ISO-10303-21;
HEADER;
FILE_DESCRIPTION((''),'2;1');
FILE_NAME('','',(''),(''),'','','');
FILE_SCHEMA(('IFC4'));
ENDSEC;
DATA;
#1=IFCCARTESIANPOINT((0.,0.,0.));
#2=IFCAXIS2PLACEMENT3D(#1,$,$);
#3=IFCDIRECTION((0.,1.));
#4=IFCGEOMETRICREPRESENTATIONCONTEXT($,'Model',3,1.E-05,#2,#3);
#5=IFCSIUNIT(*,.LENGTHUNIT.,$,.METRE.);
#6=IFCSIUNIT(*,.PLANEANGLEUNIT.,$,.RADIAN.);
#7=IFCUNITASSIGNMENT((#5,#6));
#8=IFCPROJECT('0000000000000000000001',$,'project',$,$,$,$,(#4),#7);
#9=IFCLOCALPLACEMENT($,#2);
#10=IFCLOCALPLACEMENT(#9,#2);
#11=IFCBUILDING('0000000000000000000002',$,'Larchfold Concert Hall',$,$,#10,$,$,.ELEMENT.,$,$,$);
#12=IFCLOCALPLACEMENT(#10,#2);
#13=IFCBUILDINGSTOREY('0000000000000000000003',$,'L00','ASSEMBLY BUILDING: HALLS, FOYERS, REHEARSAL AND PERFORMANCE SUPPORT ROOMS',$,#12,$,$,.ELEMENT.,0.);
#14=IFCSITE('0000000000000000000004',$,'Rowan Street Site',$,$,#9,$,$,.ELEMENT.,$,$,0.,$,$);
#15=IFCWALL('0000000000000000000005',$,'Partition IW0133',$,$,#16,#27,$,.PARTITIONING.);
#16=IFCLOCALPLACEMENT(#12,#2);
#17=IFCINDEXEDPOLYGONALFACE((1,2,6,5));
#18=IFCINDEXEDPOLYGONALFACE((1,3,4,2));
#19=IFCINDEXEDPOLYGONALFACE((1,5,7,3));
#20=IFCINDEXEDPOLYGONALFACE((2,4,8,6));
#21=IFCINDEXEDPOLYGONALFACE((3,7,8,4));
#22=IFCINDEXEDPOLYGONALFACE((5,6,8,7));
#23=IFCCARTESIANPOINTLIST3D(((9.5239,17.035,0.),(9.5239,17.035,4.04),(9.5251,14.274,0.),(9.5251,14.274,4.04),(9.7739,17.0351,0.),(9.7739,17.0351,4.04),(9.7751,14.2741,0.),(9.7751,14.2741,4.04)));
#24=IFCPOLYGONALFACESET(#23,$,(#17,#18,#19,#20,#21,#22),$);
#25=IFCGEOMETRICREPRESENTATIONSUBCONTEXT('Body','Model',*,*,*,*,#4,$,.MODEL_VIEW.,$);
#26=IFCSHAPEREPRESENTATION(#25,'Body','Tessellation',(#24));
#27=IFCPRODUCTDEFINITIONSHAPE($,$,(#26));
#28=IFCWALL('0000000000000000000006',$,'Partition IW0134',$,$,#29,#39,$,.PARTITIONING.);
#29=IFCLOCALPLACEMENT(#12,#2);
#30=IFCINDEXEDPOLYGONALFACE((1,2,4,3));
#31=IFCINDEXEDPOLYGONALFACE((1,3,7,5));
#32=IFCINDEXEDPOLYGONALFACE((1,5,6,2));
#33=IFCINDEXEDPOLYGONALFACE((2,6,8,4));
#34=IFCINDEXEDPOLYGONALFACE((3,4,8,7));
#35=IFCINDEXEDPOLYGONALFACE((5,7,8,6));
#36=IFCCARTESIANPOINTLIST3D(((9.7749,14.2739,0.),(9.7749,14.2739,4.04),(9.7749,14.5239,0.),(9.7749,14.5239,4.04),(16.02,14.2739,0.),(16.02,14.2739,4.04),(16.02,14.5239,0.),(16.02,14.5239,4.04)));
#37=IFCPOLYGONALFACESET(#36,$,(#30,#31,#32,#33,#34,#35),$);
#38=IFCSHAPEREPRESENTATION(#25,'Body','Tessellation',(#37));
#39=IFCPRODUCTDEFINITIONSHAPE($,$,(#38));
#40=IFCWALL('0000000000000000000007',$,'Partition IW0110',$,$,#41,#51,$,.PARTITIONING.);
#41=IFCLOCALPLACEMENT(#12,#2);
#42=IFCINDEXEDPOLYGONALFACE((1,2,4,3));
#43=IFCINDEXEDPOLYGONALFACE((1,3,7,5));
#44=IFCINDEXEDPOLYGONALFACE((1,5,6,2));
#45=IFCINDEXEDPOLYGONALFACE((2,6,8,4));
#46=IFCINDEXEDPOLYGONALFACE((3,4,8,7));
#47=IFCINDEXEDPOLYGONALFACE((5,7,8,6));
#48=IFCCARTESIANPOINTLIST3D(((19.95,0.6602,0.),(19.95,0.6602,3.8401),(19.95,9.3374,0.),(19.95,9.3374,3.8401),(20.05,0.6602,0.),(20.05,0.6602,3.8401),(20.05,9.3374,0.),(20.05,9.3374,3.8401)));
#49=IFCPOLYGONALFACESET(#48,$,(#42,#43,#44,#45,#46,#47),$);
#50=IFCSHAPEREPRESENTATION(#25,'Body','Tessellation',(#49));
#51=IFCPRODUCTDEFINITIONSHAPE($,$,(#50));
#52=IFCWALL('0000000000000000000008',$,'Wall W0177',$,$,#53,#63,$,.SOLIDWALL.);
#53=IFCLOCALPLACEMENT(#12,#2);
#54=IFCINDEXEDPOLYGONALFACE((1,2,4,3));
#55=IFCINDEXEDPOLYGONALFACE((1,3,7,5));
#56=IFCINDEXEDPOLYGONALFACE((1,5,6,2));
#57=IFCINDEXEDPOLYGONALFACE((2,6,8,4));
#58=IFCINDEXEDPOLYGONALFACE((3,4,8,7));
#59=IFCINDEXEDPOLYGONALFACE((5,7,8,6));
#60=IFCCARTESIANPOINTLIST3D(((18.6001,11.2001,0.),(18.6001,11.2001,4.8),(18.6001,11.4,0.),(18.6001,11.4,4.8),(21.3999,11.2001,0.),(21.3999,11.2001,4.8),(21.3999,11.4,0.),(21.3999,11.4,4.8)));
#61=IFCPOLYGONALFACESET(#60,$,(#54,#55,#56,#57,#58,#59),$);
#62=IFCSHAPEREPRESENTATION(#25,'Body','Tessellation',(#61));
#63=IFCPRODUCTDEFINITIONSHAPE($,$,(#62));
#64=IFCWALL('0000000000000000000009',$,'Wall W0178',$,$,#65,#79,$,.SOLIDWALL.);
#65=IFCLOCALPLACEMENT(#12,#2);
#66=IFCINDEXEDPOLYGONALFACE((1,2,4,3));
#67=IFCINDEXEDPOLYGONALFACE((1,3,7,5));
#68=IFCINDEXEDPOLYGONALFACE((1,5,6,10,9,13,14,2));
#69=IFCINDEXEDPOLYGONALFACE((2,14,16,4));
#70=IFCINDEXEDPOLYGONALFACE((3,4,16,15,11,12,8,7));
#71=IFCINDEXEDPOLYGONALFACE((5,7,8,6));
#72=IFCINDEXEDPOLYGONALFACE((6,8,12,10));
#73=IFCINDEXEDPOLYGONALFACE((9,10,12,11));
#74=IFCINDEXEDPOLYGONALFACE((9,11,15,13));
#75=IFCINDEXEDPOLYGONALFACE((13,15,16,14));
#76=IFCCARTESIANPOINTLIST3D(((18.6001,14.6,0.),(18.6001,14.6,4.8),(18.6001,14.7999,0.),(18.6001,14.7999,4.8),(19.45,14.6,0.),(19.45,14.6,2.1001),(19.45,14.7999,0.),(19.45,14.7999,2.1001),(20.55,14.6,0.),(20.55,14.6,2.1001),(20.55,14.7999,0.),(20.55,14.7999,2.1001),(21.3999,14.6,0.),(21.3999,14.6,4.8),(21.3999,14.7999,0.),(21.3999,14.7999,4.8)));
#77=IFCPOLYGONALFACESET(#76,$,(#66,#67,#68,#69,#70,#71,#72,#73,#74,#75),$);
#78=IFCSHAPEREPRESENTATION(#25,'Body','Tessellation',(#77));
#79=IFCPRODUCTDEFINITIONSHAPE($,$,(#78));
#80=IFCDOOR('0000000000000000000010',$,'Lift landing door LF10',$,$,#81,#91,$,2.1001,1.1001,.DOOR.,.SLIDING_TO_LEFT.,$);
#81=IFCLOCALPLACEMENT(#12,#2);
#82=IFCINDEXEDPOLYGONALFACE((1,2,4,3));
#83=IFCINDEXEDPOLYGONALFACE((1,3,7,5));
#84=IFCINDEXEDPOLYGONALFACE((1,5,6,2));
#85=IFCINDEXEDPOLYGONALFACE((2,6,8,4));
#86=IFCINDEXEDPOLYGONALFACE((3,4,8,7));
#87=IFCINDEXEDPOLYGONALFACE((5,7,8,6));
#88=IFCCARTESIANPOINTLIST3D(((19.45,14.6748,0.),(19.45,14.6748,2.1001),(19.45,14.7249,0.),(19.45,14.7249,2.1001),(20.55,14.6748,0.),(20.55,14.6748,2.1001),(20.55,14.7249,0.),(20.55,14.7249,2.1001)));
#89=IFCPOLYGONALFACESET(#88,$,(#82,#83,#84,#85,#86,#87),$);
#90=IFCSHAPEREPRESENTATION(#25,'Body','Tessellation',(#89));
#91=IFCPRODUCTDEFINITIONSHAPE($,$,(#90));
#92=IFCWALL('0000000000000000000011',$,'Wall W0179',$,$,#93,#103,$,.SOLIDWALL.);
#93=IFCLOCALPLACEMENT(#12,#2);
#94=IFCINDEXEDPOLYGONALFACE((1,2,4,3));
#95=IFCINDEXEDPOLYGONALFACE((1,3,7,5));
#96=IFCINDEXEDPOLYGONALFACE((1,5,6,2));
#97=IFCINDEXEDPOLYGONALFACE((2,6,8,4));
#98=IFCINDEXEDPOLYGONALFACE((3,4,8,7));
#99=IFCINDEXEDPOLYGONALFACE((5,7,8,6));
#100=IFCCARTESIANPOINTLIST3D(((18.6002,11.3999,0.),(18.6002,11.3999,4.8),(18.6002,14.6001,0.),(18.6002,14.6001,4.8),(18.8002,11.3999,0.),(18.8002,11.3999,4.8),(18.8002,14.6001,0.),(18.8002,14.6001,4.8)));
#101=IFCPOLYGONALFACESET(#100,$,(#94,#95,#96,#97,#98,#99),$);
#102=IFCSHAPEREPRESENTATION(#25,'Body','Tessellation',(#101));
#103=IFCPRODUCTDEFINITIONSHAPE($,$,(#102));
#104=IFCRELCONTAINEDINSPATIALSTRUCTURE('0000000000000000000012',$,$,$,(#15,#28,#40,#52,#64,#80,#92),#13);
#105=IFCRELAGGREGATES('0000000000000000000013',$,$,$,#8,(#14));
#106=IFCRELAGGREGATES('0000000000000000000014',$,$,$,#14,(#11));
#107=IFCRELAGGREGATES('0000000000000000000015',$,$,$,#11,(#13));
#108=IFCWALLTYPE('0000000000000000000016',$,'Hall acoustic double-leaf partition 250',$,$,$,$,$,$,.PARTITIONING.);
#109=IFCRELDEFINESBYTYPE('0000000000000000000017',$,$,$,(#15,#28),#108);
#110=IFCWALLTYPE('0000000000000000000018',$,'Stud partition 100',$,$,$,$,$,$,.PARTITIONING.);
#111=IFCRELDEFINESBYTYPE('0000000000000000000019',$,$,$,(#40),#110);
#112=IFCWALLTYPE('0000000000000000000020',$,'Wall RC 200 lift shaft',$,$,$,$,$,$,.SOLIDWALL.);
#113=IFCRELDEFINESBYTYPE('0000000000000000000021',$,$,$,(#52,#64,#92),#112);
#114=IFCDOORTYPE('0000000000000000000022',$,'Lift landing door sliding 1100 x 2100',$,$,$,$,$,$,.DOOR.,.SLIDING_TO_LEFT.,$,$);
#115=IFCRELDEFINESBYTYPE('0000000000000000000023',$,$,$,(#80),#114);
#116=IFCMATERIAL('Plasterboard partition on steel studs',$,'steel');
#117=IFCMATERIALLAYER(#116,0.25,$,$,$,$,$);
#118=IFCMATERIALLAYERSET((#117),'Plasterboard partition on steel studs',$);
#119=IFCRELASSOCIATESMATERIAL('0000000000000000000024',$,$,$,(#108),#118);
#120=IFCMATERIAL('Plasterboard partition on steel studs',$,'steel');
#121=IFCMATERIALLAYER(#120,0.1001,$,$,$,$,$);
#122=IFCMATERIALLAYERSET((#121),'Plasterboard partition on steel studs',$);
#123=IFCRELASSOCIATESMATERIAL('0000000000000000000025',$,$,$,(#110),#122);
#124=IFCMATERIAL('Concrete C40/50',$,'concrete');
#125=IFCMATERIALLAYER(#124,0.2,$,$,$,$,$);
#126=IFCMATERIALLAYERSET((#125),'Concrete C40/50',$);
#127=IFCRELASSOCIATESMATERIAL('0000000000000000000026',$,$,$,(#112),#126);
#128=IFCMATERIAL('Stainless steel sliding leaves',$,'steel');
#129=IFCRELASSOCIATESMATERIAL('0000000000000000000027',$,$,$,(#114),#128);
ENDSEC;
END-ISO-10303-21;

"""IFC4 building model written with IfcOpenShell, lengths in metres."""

from ifc_helpers import new_model, si_unit, direction, frame, frame_2d, origin, place, context, subcontext, project, spatial, rectangle, extrude, material, layer, layer_set, type_object, element, fill, save


model = new_model("IFC4")

# Units and contexts
model_context = context("Model", 3, precision=1e-05, world=origin(), true_north=direction((0.0, 1.0)))
body_context = subcontext(model_context, "Body", "Model", "MODEL_VIEW")
ifc_project = project(units=[si_unit("LENGTHUNIT", "METRE"), si_unit("PLANEANGLEUNIT", "RADIAN")], contexts=[model_context])

# Site, building, storey
site_placement = place(None, origin())
site = spatial("IfcSite", under=ifc_project, at=site_placement, Name="Rowan Street Site", CompositionType="ELEMENT", RefElevation=0.0)
building_placement = place(site_placement, origin())
building = spatial("IfcBuilding", under=site, at=building_placement, Name="Larchfold Concert Hall", CompositionType="ELEMENT")
storey_placement = place(building_placement, origin())
storey = spatial("IfcBuildingStorey", under=building, at=storey_placement, Name="L00", Description="ASSEMBLY BUILDING: HALLS, FOYERS, REHEARSAL AND PERFORMANCE SUPPORT ROOMS", CompositionType="ELEMENT", Elevation=0.0)

# Walls
ifc_material_1 = material(Name="Plasterboard partition on steel studs", Category="steel")
ifc_layer_1 = layer(ifc_material_1, 0.25)
ifc_layer_set_1 = layer_set([ifc_layer_1], Name="Plasterboard partition on steel studs")
wall_type_1 = type_object("IfcWallType", Name="Hall acoustic double-leaf partition 250", PredefinedType="PARTITIONING", material=ifc_layer_set_1)
wall_1_placement = place(storey_placement, frame((9.6489, 17.0349, 0.0), z_axis=(0.0, 0.0, 1.0), x_axis=(0.000442, -1.0, 0.0)))
element("IfcWall", 1, at=wall_1_placement, inside=storey, type_object=wall_type_1, Name="Partition IW0133", PredefinedType="PARTITIONING", context=body_context, shape_type="SweptSolid", body=[
    extrude(rectangle(XDim=2.761, YDim=0.25, at=frame_2d((1.3804, 0.0))), origin(), (0.0, 0.0, 1.0), 4.04),
])
wall_2_placement = place(storey_placement, frame((9.7749, 14.3989, 0.0), z_axis=(0.0, 0.0, 1.0), x_axis=(1.0, 0.0, 0.0)))
element("IfcWall", 2, at=wall_2_placement, inside=storey, type_object=wall_type_1, Name="Partition IW0134", PredefinedType="PARTITIONING", context=body_context, shape_type="SweptSolid", body=[
    extrude(rectangle(XDim=6.2451, YDim=0.25, at=frame_2d((3.1226, 0.0))), origin(), (0.0, 0.0, 1.0), 4.04),
])
ifc_material_2 = material(Name="Plasterboard partition on steel studs", Category="steel")
ifc_layer_2 = layer(ifc_material_2, 0.1001)
ifc_layer_set_2 = layer_set([ifc_layer_2], Name="Plasterboard partition on steel studs")
wall_type_2 = type_object("IfcWallType", Name="Stud partition 100", PredefinedType="PARTITIONING", material=ifc_layer_set_2)
wall_3_placement = place(storey_placement, frame((20.0, 9.3374, 0.0), z_axis=(0.0, 0.0, 1.0), x_axis=(0.0, -1.0, 0.0)))
element("IfcWall", 3, at=wall_3_placement, inside=storey, type_object=wall_type_2, Name="Partition IW0110", PredefinedType="PARTITIONING", context=body_context, shape_type="SweptSolid", body=[
    extrude(rectangle(XDim=8.6772, YDim=0.1001, at=frame_2d((4.3386, 0.0))), origin(), (0.0, 0.0, 1.0), 3.8401),
])
ifc_material_3 = material(Name="Concrete C40/50", Category="concrete")
ifc_layer_3 = layer(ifc_material_3, 0.2)
ifc_layer_set_3 = layer_set([ifc_layer_3], Name="Concrete C40/50")
wall_type_3 = type_object("IfcWallType", Name="Wall RC 200 lift shaft", PredefinedType="SOLIDWALL", material=ifc_layer_set_3)
wall_4_placement = place(storey_placement, frame((18.6001, 11.3, 0.0), z_axis=(0.0, 0.0, 1.0), x_axis=(1.0, 0.0, 0.0)))
element("IfcWall", 4, at=wall_4_placement, inside=storey, type_object=wall_type_3, Name="Wall W0177", PredefinedType="SOLIDWALL", context=body_context, shape_type="SweptSolid", body=[
    extrude(rectangle(XDim=2.7998, YDim=0.2, at=frame_2d((1.3999, 0.0))), origin(), (0.0, 0.0, 1.0), 4.8),
])

# Wall, opening, door
wall_5_placement = place(storey_placement, frame((18.6001, 14.7, 0.0), z_axis=(0.0, 0.0, 1.0), x_axis=(1.0, 0.0, 0.0)))
wall_5 = element("IfcWall", 5, at=wall_5_placement, inside=storey, type_object=wall_type_3, Name="Wall W0178", PredefinedType="SOLIDWALL", context=body_context, shape_type="SweptSolid", body=[
    extrude(rectangle(XDim=2.7998, YDim=0.2, at=frame_2d((1.3999, 0.0))), origin(), (0.0, 0.0, 1.0), 4.8),
])
opening_1_placement = place(wall_5_placement, frame((0.8499, 0.0, 0.0)))
opening_1 = element("IfcOpeningElement", 6, at=opening_1_placement, cuts=wall_5, PredefinedType="OPENING", context=body_context, shape_type="SweptSolid", body=[
    extrude(rectangle(XDim=1.1001, YDim=2.1001, at=frame_2d((0.55, 1.05))), frame((0.0, 0.1099, 0.0), z_axis=(0.0, -1.0, 0.0), x_axis=(1.0, 0.0, 0.0)), (0.0, 0.0, 1.0), 0.22),
])
ifc_material_4 = material(Name="Stainless steel sliding leaves", Category="steel")
door_type_1 = type_object("IfcDoorType", Name="Lift landing door sliding 1100 x 2100", OperationType="SLIDING_TO_LEFT", PredefinedType="DOOR", material=ifc_material_4)
door_1_placement = place(opening_1_placement, origin())
door_1 = element("IfcDoor", 7, at=door_1_placement, inside=storey, type_object=door_type_1, Name="Lift landing door LF10", OperationType="SLIDING_TO_LEFT", OverallHeight=2.1001, OverallWidth=1.1001, PredefinedType="DOOR", context=body_context, shape_type="SweptSolid", body=[
    extrude(rectangle(XDim=1.1001, YDim=2.1001, at=frame_2d((0.55, 1.05))), frame((0.0, 0.0249, 0.0), z_axis=(0.0, -1.0, 0.0), x_axis=(1.0, 0.0, 0.0)), (0.0, 0.0, 1.0), 0.05),
])
fill(opening_1, door_1)

# Wall
wall_6_placement = place(storey_placement, frame((18.7002, 11.3999, 0.0), z_axis=(0.0, 0.0, 1.0), x_axis=(0.0, 1.0, 0.0)))
element("IfcWall", 8, at=wall_6_placement, inside=storey, type_object=wall_type_3, Name="Wall W0179", PredefinedType="SOLIDWALL", context=body_context, shape_type="SweptSolid", body=[
    extrude(rectangle(XDim=3.2002, YDim=0.2, at=frame_2d((1.6001, 0.0))), origin(), (0.0, 0.0, 1.0), 4.8),
])

save(model, "model.ifc")
